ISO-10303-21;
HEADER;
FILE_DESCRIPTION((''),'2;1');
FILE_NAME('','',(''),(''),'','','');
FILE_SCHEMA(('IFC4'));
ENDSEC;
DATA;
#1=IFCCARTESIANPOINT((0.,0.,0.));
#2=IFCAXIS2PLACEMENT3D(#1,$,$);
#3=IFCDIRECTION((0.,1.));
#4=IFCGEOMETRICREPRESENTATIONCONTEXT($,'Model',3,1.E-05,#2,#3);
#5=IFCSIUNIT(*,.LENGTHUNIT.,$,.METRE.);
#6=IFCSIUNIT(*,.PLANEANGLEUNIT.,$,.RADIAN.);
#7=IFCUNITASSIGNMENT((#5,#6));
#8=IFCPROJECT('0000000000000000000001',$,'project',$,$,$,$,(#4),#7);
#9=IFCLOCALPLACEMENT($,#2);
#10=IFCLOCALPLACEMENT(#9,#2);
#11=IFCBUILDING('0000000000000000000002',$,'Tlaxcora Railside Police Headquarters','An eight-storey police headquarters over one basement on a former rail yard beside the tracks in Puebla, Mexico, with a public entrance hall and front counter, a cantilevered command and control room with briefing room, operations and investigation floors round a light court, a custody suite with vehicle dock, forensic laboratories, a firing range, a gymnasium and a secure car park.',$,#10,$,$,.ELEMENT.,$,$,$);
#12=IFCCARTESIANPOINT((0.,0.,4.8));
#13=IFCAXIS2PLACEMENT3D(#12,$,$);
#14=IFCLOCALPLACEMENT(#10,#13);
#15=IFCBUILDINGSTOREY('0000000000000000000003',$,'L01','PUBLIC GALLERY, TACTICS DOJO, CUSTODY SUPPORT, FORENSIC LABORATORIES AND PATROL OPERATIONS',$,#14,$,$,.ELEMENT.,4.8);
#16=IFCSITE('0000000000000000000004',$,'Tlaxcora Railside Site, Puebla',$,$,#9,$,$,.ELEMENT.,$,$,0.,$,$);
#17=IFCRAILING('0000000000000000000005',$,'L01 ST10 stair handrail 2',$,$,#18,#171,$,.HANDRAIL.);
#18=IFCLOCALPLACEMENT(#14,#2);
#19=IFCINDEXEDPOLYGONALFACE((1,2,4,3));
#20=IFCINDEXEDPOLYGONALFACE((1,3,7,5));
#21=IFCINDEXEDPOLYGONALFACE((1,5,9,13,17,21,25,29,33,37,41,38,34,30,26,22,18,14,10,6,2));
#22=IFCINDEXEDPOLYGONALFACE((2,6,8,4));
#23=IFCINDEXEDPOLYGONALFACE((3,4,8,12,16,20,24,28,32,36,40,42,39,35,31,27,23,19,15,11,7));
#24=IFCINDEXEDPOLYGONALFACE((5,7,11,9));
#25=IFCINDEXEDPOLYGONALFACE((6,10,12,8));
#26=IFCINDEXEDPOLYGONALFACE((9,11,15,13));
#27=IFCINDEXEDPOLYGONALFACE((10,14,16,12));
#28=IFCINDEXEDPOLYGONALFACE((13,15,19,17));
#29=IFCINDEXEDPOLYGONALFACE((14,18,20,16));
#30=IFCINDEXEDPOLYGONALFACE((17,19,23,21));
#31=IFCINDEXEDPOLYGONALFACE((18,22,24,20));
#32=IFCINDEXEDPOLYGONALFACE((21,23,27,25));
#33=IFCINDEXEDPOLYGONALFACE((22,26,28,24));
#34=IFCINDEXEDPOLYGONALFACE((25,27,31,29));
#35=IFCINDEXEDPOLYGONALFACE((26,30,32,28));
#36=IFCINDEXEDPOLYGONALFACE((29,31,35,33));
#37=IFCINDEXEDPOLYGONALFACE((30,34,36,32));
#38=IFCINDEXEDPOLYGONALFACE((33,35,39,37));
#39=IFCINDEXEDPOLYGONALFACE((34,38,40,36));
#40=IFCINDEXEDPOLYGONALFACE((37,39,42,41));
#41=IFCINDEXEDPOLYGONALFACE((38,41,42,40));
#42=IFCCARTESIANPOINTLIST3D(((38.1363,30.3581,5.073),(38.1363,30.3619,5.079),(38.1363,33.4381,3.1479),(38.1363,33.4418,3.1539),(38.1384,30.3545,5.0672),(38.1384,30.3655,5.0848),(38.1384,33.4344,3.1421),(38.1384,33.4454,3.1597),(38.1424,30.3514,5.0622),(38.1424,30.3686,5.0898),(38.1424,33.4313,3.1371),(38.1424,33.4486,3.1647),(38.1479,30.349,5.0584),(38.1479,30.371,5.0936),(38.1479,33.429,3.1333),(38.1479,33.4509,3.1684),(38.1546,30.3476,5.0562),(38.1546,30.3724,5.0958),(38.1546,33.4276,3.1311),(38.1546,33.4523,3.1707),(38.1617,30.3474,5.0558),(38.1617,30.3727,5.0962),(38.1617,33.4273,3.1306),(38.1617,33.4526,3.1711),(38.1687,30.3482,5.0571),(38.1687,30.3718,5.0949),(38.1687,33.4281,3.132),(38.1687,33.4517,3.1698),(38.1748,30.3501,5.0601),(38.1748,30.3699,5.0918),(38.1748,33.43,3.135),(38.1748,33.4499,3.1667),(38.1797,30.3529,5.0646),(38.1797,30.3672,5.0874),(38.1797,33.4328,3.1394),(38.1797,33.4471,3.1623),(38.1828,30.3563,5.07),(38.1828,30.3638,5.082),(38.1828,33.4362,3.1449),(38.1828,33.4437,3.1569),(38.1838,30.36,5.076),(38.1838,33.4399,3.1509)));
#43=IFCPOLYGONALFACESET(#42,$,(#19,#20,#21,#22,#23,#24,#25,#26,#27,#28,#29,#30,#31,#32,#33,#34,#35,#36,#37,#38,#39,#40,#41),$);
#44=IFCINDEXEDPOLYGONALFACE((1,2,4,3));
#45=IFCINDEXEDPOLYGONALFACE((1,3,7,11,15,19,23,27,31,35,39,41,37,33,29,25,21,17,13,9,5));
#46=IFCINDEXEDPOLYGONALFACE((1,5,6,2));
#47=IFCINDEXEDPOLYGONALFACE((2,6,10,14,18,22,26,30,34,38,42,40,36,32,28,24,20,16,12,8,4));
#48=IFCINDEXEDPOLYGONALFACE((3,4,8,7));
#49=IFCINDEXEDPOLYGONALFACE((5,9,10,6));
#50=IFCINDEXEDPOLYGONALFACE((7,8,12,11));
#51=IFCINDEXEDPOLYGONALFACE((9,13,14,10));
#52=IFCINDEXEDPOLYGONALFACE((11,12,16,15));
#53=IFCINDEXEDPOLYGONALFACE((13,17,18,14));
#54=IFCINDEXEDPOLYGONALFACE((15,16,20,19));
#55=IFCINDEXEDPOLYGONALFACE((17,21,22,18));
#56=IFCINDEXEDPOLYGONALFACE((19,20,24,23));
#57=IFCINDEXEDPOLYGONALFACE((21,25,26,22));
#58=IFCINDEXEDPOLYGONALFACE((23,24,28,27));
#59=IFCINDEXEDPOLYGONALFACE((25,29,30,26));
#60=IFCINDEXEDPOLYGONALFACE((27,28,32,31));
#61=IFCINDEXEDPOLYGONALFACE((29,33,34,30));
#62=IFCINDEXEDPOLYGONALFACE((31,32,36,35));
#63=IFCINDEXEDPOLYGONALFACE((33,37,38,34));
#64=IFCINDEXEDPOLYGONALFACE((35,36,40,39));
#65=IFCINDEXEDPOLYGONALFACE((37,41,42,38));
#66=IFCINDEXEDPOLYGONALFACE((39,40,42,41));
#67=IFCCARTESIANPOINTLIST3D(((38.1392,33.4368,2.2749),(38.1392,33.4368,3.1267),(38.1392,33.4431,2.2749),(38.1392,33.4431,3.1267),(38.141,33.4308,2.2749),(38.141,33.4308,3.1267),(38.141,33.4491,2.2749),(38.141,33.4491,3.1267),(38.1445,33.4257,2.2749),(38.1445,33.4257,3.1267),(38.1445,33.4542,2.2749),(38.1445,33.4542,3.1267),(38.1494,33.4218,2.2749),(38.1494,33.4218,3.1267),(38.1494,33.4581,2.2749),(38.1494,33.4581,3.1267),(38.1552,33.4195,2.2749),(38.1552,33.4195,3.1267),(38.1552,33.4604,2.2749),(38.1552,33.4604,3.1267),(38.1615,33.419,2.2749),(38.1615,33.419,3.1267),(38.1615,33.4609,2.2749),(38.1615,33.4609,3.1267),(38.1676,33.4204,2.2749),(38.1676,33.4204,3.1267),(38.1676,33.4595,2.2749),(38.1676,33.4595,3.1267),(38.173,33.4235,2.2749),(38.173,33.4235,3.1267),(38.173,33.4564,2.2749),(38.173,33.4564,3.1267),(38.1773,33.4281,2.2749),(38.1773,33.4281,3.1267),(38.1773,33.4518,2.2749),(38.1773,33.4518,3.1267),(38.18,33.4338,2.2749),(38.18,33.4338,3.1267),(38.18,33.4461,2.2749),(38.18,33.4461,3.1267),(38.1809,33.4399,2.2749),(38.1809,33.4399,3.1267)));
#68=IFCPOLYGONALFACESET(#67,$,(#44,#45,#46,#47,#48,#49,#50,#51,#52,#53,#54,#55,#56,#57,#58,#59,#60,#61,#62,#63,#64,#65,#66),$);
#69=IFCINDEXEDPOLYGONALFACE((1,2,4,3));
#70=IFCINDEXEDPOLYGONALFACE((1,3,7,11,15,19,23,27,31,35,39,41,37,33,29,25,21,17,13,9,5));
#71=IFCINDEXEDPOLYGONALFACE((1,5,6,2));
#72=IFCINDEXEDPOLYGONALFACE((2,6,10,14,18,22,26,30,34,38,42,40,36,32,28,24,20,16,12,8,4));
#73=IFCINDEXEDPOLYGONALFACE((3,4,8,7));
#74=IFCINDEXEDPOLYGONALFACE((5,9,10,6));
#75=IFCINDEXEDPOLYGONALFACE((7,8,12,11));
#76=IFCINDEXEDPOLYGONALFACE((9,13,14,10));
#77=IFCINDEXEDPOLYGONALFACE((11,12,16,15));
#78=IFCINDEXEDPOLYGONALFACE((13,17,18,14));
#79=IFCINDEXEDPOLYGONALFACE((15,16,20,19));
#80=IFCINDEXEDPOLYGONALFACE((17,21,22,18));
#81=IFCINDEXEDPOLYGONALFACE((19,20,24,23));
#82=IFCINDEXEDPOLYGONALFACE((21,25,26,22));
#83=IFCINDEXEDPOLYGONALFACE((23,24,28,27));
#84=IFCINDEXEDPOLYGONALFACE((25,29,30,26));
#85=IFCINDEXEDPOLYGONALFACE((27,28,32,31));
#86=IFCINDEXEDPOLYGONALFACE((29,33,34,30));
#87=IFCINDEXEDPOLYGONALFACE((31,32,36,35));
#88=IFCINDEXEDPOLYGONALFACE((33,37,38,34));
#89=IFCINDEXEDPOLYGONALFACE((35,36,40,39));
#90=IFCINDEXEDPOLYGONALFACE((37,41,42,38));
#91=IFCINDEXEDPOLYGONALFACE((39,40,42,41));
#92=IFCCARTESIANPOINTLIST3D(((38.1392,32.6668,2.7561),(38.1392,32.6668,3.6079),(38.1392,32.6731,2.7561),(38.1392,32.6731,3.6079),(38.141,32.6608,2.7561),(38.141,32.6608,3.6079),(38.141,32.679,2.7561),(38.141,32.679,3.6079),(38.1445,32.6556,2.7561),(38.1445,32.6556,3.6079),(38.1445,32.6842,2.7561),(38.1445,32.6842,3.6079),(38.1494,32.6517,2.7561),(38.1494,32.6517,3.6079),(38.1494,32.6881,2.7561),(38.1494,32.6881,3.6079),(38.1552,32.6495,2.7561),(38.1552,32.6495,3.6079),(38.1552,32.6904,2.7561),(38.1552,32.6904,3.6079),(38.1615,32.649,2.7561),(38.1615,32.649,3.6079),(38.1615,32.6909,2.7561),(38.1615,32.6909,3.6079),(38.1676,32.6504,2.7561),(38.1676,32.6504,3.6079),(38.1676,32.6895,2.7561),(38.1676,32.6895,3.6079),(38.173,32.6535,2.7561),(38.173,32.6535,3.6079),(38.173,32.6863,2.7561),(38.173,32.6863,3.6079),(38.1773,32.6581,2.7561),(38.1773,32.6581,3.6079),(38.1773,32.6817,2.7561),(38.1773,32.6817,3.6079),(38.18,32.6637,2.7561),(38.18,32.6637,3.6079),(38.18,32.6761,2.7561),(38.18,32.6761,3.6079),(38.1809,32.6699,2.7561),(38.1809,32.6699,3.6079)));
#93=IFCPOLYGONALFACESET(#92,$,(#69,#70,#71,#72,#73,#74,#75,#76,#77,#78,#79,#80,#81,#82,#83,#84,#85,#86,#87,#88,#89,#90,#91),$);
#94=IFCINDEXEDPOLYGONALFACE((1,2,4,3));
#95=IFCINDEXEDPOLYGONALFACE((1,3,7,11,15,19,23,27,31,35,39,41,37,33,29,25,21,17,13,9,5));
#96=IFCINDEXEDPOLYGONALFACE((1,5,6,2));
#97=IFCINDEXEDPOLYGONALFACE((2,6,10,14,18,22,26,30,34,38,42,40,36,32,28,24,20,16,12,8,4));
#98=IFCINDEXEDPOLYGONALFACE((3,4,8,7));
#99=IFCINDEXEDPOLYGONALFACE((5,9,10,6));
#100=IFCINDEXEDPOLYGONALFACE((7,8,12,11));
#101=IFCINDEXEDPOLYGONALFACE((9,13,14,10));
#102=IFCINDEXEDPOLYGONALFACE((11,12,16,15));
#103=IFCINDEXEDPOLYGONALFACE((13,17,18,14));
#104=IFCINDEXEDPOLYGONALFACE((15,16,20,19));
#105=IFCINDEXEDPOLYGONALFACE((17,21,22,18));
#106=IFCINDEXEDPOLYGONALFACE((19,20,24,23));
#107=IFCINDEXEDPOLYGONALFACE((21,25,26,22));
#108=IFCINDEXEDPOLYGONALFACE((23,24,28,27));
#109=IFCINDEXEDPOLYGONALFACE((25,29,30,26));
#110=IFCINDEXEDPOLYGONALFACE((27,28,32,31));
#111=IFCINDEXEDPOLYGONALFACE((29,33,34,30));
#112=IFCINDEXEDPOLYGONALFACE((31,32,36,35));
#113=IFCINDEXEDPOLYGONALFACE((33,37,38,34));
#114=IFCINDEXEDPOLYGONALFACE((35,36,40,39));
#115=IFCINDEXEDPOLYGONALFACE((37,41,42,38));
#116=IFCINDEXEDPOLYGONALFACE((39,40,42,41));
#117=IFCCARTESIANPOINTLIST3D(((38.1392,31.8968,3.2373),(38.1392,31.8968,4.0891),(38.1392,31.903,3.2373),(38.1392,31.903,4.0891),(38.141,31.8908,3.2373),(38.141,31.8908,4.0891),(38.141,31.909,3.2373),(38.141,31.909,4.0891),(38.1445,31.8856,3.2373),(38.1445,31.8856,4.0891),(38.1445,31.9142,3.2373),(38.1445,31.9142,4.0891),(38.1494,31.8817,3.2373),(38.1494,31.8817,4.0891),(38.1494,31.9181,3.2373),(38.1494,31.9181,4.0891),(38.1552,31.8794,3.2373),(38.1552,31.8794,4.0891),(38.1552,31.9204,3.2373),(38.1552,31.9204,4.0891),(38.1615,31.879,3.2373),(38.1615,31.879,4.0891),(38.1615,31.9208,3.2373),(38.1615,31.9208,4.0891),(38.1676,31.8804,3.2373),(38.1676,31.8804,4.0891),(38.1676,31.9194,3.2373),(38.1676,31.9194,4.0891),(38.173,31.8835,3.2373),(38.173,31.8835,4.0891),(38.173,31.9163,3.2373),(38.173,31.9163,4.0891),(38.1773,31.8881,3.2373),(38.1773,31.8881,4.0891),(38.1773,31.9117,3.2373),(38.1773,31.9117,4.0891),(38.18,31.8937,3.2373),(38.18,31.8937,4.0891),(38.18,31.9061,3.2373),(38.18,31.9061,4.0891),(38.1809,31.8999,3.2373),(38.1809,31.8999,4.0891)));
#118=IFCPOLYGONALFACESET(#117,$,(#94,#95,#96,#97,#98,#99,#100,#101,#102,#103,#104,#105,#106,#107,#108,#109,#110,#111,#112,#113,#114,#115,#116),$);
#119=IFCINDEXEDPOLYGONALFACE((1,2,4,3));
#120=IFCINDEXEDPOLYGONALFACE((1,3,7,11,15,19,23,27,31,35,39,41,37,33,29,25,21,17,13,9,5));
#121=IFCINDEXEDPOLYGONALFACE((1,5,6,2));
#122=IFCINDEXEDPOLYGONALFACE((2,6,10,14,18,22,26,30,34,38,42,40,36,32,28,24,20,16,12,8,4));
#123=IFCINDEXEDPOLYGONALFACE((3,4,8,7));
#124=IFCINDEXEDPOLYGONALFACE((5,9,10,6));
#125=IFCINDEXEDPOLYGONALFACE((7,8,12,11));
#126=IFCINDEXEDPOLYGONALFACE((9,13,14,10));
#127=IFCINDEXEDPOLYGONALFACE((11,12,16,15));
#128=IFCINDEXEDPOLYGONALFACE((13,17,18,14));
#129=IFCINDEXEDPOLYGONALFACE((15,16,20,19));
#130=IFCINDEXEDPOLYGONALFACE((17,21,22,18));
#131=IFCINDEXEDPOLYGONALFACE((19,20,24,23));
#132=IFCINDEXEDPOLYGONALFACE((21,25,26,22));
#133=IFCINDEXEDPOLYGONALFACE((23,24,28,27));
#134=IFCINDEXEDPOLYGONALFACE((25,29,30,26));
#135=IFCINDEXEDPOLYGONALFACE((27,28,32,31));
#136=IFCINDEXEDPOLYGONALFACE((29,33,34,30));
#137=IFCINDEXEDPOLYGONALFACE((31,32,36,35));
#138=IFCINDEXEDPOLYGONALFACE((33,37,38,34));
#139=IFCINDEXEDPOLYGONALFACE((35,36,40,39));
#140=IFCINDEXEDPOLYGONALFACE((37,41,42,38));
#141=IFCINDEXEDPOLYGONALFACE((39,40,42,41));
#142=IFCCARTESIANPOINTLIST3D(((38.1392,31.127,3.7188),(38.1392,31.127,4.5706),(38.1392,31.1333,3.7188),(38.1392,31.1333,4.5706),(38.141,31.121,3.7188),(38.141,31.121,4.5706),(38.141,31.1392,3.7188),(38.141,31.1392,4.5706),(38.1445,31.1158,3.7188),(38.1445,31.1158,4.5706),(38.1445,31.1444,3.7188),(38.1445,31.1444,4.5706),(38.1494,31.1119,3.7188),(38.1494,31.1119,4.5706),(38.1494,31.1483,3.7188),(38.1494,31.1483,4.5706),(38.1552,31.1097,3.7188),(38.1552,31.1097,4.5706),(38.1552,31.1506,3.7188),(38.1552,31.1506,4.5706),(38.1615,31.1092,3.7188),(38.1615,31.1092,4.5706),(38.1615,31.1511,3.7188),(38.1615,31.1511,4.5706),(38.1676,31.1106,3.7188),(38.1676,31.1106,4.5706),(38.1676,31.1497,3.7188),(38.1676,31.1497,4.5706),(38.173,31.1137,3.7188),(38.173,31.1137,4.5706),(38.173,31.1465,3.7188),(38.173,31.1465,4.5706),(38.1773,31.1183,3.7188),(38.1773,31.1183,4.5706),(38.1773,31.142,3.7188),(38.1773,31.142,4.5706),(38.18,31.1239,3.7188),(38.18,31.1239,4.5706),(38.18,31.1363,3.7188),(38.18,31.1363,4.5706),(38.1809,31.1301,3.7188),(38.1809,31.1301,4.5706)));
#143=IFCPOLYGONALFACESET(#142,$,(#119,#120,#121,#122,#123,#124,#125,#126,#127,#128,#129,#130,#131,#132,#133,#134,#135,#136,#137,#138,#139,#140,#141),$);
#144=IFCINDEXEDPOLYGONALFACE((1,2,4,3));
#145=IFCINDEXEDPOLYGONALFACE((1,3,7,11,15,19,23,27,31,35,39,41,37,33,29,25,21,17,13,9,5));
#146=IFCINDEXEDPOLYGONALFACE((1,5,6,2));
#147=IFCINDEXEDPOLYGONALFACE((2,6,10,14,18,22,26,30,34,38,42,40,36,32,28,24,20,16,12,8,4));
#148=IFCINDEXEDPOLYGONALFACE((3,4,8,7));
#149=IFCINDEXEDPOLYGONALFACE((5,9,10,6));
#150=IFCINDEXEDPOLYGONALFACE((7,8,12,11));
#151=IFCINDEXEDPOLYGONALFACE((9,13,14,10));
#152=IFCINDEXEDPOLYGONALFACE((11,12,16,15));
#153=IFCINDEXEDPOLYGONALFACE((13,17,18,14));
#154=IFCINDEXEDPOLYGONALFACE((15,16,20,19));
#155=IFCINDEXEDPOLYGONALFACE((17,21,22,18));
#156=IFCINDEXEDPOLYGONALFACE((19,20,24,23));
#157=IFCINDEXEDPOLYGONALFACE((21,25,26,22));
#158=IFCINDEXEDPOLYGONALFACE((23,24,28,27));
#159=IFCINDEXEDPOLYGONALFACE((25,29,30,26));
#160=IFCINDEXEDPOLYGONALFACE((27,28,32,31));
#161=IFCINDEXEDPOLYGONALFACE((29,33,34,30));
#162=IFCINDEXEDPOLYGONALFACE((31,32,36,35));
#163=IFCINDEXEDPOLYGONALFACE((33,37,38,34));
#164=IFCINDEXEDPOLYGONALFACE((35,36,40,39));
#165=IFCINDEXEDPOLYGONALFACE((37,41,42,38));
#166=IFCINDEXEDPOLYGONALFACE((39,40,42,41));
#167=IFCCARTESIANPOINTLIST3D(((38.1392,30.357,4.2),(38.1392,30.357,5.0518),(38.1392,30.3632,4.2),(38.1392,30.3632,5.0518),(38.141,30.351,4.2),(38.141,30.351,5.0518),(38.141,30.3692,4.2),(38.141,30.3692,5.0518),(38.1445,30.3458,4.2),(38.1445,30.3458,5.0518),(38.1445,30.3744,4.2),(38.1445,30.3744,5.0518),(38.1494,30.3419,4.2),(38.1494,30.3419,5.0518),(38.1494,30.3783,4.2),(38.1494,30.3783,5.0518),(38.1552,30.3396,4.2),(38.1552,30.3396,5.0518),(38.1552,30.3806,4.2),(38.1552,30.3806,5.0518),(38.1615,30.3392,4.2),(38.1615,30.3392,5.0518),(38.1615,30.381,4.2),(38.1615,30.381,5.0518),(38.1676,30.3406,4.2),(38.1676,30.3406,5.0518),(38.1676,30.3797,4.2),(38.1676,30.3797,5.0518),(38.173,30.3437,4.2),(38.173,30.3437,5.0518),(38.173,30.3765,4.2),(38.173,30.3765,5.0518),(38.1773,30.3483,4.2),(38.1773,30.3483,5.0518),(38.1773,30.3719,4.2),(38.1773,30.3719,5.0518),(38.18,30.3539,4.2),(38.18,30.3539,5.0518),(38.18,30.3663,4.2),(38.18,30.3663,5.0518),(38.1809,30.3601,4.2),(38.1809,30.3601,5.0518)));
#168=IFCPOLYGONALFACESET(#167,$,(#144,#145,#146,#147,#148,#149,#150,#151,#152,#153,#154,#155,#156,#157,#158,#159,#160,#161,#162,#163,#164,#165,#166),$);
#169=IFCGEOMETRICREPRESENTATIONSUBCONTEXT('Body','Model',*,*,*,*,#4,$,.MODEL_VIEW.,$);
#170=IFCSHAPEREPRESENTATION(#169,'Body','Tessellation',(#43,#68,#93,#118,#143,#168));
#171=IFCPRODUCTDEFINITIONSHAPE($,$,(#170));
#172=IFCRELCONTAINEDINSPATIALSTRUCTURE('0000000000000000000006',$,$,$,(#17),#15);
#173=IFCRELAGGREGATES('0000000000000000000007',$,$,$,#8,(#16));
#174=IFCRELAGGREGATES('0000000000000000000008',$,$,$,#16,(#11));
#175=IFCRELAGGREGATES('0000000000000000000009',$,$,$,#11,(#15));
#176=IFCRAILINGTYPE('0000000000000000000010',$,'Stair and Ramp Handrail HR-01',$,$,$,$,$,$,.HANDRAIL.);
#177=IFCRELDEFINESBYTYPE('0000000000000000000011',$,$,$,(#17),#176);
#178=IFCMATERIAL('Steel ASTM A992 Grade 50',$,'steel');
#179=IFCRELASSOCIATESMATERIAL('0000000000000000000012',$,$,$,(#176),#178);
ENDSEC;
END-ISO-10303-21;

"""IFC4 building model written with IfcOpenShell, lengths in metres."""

from ifc_helpers import new_model, si_unit, direction, frame, origin, origin_2d, place, context, subcontext, project, spatial, circle, extrude, material, type_object, element, save


model = new_model("IFC4")

# Units and contexts
model_context = context("Model", 3, precision=1e-05, world=origin(), true_north=direction((0.0, 1.0)))
body_context = subcontext(model_context, "Body", "Model", "MODEL_VIEW")
ifc_project = project(units=[si_unit("LENGTHUNIT", "METRE"), si_unit("PLANEANGLEUNIT", "RADIAN")], contexts=[model_context])

# Site, building, storey
site_placement = place(None, origin())
site = spatial("IfcSite", under=ifc_project, at=site_placement, Name="Tlaxcora Railside Site, Puebla", CompositionType="ELEMENT", RefElevation=0.0)
building_placement = place(site_placement, origin())
building = spatial("IfcBuilding", under=site, at=building_placement, Name="Tlaxcora Railside Police Headquarters", Description="An eight-storey police headquarters over one basement on a former rail yard beside the tracks in Puebla, Mexico, with a public entrance hall and front counter, a cantilevered command and control room with briefing room, operations and investigation floors round a light court, a custody suite with vehicle dock, forensic laboratories, a firing range, a gymnasium and a secure car park.", CompositionType="ELEMENT")
storey_placement = place(building_placement, frame((0.0, 0.0, 4.8)))
storey = spatial("IfcBuildingStorey", under=building, at=storey_placement, Name="L01", Description="PUBLIC GALLERY, TACTICS DOJO, CUSTODY SUPPORT, FORENSIC LABORATORIES AND PATROL OPERATIONS", CompositionType="ELEMENT", Elevation=4.8)

# Shared definitions
ifc_material_1 = material(Name="Steel ASTM A992 Grade 50", Category="steel")

# Railing
railing_type_1 = type_object("IfcRailingType", Name="Stair and Ramp Handrail HR-01", PredefinedType="HANDRAIL", material=ifc_material_1)
railing_1_placement = place(storey_placement, frame((38.1599, 33.4399, 2.2749)))
element("IfcRailing", 1, at=railing_1_placement, inside=storey, type_object=railing_type_1, Name="L01 ST10 stair handrail 2", PredefinedType="HANDRAIL", context=body_context, shape_type="SweptSolid", body=[
    extrude(circle(Radius=0.0239, at=origin_2d()), frame((0.0, 0.0, 0.876), z_axis=(0.0, -0.847979, 0.530029), x_axis=(1.0, 0.0, 0.0)), (0.0, 0.0, 1.0), 3.6321),
    extrude(circle(Radius=0.021, at=origin_2d()), origin(), (0.0, 0.0, 1.0), 0.8518),
    extrude(circle(Radius=0.021, at=origin_2d()), frame((0.0, -0.77, 0.4812)), (0.0, 0.0, 1.0), 0.8518),
    extrude(circle(Radius=0.021, at=origin_2d()), frame((0.0, -1.54, 0.9624)), (0.0, 0.0, 1.0), 0.8518),
    extrude(circle(Radius=0.021, at=origin_2d()), frame((0.0, -2.3098, 1.4438)), (0.0, 0.0, 1.0), 0.8518),
    extrude(circle(Radius=0.021, at=origin_2d()), frame((0.0, -3.0798, 1.925)), (0.0, 0.0, 1.0), 0.8518),
])

save(model, "model.ifc")
